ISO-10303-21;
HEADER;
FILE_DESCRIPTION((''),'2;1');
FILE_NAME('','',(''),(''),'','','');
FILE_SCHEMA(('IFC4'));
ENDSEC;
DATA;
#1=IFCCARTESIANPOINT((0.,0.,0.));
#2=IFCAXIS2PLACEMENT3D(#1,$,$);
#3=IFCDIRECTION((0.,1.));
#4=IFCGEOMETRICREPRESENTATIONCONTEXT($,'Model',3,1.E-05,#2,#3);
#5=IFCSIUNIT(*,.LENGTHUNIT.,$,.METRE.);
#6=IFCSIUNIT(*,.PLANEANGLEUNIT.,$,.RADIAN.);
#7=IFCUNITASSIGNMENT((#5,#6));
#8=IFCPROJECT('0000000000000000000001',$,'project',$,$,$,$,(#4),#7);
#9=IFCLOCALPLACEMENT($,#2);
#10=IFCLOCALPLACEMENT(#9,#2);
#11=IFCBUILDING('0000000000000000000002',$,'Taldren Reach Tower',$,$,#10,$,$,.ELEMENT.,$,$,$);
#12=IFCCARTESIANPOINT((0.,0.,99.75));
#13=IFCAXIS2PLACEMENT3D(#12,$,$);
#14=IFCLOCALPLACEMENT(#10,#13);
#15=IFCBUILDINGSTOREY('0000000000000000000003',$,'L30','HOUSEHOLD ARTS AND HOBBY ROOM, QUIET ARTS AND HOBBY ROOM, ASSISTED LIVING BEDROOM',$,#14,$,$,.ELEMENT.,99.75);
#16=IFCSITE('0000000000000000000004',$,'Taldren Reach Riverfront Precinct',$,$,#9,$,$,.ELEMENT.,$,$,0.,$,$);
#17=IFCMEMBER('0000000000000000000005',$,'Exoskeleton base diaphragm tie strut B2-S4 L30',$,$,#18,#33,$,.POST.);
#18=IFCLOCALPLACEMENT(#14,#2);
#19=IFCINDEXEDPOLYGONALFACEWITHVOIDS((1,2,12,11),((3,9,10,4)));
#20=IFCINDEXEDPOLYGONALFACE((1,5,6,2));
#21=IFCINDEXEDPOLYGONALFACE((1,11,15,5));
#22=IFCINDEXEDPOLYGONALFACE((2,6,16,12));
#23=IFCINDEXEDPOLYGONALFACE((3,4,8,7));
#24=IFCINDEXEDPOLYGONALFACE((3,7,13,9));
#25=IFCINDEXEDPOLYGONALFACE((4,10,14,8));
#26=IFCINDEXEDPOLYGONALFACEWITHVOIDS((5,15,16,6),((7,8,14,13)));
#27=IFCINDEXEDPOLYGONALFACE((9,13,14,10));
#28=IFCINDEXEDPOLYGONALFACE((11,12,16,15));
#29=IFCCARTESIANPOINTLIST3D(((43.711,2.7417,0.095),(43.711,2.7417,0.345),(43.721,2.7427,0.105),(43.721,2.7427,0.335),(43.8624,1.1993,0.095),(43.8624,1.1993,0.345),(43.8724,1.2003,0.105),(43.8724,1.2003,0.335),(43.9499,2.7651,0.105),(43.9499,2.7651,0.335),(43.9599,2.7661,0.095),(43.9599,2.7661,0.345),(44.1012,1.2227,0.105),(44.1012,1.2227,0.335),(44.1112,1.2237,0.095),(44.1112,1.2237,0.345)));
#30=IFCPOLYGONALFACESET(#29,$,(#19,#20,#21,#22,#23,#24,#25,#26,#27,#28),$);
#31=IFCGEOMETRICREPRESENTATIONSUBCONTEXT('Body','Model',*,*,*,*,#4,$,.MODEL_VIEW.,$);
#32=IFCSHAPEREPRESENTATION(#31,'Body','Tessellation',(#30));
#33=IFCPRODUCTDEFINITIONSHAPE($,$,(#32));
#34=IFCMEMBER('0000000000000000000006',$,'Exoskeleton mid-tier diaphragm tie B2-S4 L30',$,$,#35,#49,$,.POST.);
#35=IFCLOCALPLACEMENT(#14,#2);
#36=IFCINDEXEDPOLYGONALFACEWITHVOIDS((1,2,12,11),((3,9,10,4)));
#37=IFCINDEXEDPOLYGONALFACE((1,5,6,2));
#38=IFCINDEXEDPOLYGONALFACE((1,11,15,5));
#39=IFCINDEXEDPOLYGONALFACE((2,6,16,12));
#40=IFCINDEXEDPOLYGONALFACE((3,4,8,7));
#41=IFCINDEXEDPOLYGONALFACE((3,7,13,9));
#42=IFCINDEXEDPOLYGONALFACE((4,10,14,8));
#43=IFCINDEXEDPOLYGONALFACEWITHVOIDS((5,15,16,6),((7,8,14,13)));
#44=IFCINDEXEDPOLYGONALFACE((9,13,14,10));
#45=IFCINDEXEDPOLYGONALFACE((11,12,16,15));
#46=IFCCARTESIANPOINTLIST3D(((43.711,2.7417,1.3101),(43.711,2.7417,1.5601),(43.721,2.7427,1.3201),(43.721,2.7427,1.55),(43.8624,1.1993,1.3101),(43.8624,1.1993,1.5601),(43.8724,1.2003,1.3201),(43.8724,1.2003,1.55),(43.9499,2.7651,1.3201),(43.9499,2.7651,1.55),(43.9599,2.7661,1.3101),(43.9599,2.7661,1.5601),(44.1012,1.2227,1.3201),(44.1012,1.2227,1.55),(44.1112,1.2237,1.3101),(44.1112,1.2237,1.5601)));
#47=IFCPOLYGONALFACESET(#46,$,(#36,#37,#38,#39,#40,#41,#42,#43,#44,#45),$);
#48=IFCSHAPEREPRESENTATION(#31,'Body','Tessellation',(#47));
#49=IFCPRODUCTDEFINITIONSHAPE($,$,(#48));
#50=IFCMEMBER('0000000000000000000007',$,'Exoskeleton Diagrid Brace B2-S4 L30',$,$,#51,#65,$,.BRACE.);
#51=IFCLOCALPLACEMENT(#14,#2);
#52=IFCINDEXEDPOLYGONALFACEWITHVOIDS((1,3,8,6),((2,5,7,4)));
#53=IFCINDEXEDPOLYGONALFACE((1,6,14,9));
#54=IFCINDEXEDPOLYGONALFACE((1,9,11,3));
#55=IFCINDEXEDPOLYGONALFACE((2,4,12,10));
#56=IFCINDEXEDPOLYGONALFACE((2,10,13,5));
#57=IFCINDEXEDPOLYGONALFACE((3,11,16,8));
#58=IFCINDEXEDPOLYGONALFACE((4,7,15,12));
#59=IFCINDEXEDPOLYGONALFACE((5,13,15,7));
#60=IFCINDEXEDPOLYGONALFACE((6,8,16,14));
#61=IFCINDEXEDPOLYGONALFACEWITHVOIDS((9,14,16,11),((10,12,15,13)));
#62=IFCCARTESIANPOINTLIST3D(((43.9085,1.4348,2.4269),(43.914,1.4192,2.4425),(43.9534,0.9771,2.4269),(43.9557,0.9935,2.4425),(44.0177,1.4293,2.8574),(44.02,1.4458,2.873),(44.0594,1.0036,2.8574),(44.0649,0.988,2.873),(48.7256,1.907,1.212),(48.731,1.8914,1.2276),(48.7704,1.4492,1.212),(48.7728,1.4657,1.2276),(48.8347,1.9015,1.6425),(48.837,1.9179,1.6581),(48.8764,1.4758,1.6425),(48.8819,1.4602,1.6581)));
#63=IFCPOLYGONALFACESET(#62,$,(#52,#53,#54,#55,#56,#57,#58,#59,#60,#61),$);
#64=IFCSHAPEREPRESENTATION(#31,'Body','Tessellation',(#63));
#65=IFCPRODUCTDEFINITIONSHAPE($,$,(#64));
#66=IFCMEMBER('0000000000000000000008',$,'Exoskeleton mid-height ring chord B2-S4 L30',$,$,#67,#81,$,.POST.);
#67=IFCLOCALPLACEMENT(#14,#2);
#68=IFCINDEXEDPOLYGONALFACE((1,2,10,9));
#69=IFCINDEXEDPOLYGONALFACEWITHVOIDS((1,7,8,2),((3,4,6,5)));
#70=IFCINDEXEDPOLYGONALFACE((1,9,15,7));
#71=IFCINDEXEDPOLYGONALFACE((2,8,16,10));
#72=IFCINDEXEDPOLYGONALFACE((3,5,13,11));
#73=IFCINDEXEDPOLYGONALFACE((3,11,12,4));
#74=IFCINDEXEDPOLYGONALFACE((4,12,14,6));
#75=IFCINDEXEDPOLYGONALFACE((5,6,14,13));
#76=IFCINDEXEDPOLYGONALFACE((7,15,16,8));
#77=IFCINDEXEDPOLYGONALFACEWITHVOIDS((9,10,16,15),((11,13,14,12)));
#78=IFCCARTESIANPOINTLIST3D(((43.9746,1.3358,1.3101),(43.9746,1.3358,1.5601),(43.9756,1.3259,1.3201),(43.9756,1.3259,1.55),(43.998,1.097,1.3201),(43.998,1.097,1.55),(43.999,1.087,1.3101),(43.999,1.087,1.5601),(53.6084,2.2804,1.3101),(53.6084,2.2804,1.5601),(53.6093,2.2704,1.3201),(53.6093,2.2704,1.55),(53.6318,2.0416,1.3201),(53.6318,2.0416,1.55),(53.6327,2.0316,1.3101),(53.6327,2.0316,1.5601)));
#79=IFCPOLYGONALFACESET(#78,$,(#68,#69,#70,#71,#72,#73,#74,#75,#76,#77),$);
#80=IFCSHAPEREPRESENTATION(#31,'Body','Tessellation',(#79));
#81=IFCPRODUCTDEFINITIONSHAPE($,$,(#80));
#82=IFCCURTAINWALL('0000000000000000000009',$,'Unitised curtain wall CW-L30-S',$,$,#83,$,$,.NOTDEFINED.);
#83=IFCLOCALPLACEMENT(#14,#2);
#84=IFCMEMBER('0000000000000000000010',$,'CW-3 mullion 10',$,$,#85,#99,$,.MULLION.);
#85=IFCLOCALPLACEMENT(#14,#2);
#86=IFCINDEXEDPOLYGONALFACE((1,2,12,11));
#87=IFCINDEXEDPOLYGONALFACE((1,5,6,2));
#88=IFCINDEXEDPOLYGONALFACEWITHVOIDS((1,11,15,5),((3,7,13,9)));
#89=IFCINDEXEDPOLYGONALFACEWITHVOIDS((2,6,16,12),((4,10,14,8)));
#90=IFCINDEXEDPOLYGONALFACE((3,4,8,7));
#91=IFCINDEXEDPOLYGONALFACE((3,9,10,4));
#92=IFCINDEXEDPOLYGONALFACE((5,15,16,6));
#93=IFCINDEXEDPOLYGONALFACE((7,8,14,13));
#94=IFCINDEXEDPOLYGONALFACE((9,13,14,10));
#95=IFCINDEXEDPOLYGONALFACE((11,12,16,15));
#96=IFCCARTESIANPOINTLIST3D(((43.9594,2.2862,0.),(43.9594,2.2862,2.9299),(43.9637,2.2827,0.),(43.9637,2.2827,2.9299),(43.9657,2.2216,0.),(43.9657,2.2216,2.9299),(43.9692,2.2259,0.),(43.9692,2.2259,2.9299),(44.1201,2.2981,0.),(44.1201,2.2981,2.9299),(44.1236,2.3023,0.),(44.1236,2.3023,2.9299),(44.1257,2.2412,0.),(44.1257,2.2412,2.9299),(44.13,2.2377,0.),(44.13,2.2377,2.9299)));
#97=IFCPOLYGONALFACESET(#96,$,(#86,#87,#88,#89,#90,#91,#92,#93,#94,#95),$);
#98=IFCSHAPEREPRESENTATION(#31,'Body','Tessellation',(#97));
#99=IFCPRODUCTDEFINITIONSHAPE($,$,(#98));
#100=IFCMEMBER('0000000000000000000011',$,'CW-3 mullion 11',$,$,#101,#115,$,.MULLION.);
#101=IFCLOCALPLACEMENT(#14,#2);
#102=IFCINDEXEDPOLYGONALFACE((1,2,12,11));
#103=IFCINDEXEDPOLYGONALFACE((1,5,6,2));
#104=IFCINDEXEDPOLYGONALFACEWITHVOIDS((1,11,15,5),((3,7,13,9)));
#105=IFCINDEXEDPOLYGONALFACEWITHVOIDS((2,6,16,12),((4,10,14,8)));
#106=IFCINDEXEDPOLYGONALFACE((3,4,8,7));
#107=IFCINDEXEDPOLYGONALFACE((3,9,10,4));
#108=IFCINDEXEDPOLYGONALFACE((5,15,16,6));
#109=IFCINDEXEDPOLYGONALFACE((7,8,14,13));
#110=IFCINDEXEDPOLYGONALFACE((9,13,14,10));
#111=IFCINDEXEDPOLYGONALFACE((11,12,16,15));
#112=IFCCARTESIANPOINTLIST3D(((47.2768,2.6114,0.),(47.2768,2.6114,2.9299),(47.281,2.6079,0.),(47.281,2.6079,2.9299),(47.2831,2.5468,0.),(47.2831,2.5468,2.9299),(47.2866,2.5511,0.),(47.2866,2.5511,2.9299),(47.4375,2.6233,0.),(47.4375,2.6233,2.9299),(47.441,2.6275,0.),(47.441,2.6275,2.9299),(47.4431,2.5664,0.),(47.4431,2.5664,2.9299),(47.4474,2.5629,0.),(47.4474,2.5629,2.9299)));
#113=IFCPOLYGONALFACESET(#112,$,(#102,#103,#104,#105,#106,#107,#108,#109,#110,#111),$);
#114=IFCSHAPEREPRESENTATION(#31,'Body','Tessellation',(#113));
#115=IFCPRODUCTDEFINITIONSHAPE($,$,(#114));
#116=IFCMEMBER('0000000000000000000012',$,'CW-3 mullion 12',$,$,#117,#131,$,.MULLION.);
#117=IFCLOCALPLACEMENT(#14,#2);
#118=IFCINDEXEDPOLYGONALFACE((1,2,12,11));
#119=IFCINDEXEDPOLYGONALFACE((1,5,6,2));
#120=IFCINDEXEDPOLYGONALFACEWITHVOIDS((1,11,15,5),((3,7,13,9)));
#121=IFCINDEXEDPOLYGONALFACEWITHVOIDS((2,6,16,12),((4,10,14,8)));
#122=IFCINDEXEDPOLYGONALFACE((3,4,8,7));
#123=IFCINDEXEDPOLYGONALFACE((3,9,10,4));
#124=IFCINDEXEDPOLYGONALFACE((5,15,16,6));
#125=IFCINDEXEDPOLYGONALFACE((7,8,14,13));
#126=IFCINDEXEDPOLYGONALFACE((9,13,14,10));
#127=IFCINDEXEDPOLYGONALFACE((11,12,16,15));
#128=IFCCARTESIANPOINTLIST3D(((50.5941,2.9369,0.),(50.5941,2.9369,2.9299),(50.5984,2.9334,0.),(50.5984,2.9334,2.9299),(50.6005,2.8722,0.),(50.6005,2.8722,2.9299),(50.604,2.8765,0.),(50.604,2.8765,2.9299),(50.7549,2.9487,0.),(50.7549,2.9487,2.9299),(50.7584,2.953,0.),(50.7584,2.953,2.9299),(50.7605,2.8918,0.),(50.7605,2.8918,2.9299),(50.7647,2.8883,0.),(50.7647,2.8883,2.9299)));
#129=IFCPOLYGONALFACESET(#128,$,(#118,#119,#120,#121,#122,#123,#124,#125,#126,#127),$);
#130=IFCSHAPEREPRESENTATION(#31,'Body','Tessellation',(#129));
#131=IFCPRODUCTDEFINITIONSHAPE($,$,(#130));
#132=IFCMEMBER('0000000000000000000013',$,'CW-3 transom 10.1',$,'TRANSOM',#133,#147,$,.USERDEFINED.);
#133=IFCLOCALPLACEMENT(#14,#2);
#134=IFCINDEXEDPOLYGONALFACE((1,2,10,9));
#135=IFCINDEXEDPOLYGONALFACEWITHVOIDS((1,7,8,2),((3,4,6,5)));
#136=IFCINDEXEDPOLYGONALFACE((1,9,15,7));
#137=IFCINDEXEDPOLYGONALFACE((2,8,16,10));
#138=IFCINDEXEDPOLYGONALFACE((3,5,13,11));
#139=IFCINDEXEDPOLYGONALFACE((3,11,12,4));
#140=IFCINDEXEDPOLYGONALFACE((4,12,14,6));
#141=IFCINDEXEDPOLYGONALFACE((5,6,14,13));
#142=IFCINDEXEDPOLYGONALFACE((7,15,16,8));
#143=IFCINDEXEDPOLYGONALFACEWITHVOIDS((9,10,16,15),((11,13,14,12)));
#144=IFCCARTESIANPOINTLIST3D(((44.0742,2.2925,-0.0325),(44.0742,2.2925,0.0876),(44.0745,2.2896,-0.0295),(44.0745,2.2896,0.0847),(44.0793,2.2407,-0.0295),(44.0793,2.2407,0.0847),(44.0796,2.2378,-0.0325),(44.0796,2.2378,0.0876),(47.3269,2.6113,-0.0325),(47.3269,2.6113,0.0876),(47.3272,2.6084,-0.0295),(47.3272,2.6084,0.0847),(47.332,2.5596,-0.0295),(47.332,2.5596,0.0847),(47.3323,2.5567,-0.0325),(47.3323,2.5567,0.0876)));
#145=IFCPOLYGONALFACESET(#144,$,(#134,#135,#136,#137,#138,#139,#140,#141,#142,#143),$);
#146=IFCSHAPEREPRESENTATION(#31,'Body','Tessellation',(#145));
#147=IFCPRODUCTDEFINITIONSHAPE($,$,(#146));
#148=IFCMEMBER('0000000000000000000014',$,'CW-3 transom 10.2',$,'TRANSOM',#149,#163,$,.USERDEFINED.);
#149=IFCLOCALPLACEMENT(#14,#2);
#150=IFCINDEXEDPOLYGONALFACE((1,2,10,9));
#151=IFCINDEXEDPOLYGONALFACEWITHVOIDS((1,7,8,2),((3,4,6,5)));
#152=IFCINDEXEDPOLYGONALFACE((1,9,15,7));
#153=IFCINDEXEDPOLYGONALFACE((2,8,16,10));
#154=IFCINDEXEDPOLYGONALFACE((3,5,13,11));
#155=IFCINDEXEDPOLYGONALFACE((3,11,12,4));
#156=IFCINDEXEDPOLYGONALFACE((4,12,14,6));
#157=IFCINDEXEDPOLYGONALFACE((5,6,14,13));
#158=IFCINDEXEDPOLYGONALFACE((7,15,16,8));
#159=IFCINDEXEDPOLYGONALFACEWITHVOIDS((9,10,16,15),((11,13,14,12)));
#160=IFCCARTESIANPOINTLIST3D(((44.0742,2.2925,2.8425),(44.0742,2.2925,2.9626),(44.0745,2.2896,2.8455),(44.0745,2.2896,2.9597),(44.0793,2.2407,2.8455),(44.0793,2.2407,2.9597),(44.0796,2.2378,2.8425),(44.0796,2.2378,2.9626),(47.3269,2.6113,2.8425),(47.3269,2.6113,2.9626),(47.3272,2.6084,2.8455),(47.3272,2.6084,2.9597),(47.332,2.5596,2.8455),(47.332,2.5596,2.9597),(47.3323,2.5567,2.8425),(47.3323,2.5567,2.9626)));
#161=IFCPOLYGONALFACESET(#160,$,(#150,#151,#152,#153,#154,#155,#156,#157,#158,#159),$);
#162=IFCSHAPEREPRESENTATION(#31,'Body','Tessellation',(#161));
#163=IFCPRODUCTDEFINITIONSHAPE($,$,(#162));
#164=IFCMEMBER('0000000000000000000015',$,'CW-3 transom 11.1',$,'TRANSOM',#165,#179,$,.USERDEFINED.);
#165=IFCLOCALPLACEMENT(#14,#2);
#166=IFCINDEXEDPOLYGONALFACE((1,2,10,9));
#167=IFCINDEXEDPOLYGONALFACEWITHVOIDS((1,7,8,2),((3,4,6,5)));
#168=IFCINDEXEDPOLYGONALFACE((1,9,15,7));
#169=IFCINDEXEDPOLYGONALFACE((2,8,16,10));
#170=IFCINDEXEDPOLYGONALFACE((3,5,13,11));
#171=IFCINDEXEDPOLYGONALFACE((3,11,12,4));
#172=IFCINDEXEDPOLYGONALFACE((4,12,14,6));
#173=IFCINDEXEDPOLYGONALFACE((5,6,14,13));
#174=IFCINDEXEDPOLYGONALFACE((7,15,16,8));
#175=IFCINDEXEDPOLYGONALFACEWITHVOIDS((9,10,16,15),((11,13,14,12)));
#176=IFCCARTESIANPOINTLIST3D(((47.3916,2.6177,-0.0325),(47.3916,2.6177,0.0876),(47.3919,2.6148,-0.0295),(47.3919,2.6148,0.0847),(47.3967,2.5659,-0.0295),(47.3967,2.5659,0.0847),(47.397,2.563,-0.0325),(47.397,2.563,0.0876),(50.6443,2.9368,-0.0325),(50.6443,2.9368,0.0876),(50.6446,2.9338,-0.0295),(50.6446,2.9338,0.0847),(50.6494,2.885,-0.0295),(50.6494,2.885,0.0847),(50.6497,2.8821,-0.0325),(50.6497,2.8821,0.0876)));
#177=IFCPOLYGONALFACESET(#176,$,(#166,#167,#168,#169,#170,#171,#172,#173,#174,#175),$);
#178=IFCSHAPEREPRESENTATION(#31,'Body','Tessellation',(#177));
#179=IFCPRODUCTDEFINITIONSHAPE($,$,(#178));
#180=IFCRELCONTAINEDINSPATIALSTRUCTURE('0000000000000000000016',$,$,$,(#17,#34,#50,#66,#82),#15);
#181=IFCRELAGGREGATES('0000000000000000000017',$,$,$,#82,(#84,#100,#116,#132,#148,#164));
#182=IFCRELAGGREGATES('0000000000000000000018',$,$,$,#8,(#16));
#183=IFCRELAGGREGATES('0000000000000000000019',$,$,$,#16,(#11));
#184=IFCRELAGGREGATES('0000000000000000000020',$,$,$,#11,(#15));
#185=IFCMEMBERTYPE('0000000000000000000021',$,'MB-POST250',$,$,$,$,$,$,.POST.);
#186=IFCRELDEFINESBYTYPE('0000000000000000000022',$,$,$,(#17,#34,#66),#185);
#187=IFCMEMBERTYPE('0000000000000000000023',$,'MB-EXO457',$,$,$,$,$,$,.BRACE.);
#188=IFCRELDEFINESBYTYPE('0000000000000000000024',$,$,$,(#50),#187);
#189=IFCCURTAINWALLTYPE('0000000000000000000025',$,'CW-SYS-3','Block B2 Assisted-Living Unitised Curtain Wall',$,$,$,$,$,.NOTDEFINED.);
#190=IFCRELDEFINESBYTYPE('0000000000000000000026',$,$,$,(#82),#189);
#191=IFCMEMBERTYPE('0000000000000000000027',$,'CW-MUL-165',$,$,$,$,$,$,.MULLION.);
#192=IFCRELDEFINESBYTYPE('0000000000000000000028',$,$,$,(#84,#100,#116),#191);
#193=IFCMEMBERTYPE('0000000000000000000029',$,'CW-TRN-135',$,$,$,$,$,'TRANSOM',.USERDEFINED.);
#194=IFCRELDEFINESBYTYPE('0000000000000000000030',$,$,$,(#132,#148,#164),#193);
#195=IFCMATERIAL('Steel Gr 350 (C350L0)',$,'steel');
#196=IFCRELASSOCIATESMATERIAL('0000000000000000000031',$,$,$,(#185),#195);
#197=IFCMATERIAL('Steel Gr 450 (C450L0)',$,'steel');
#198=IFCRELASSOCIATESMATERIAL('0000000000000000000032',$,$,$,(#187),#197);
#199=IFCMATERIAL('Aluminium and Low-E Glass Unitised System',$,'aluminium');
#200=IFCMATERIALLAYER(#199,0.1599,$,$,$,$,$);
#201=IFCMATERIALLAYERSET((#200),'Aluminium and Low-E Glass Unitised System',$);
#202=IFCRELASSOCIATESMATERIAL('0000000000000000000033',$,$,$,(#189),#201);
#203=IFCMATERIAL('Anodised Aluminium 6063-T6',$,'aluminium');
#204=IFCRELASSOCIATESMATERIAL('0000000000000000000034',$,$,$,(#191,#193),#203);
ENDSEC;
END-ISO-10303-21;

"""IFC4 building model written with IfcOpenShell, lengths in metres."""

from ifc_helpers import new_model, si_unit, direction, frame, origin, origin_2d, place, context, subcontext, project, spatial, hollow_rectangle, extrude, source, transform, mapped, material, layer, layer_set, material_profile, profile_set, type_object, element, aggregate, save


model = new_model("IFC4")

# Units and contexts
model_context = context("Model", 3, precision=1e-05, world=origin(), true_north=direction((0.0, 1.0)))
body_context = subcontext(model_context, "Body", "Model", "MODEL_VIEW")
ifc_project = project(units=[si_unit("LENGTHUNIT", "METRE"), si_unit("PLANEANGLEUNIT", "RADIAN")], contexts=[model_context])

# Site, building, storey
site_placement = place(None, origin())
site = spatial("IfcSite", under=ifc_project, at=site_placement, Name="Taldren Reach Riverfront Precinct", CompositionType="ELEMENT", RefElevation=0.0)
building_placement = place(site_placement, origin())
building = spatial("IfcBuilding", under=site, at=building_placement, Name="Taldren Reach Tower", CompositionType="ELEMENT")
storey_placement = place(building_placement, frame((0.0, 0.0, 99.75)))
storey = spatial("IfcBuildingStorey", under=building, at=storey_placement, Name="L30", Description="HOUSEHOLD ARTS AND HOBBY ROOM, QUIET ARTS AND HOBBY ROOM, ASSISTED LIVING BEDROOM", CompositionType="ELEMENT", Elevation=99.75)

# Members
ifc_material_1 = material(Name="Steel Gr 350 (C350L0)", Category="steel")
ifc_material_profile_1 = material_profile(ifc_material_1, hollow_rectangle(XDim=0.25, YDim=0.25, WallThickness=0.01, at=origin_2d()), Name="250x250x10.0SHS")
ifc_profile_set_1 = profile_set([ifc_material_profile_1], Name="Steel Gr 350 (C350L0)")
member_type_1 = type_object("IfcMemberType", Name="MB-POST250", PredefinedType="POST", material=ifc_profile_set_1)
shared_shape_1 = source(origin(), body_context, "Body", "SweptSolid", [
    extrude(hollow_rectangle(XDim=0.25, YDim=0.25, WallThickness=0.01, at=origin_2d()), origin(), (0.0, 0.0, 1.0), 1.5498),
])
for number, where, z_axis, x_axis, name in (
    (1, (43.8354, 2.7539, 0.22), (0.097663, -0.99522, 0.0), (0.99522, 0.097663, 0.0), "Exoskeleton base diaphragm tie strut B2-S4 L30"),
    (2, (43.8354, 2.7539, 1.4351), (0.097663, -0.99522, 0.0), (0.99522, 0.097663, 0.0), "Exoskeleton mid-tier diaphragm tie B2-S4 L30"),
):
    element("IfcMember", number, at=place(storey_placement, frame(where, z_axis=z_axis, x_axis=x_axis)), inside=storey, type_object=member_type_1, Name=name, PredefinedType="POST", context=body_context, shape_type="MappedRepresentation", body=[
        mapped(shared_shape_1, transform((0.0, 0.0, 0.0), scale=1.0)),
    ])
ifc_material_2 = material(Name="Steel Gr 450 (C450L0)", Category="steel")
ifc_material_profile_2 = material_profile(ifc_material_2, hollow_rectangle(XDim=0.46, YDim=0.46, WallThickness=0.0161, at=origin_2d()), Name="460x460x16.0SHS")
ifc_profile_set_2 = profile_set([ifc_material_profile_2], Name="Steel Gr 450 (C450L0)")
member_type_2 = type_object("IfcMemberType", Name="MB-EXO457", PredefinedType="BRACE", material=ifc_profile_set_2)
shared_shape_2 = source(origin(), body_context, "Body", "SweptSolid", [
    extrude(hollow_rectangle(XDim=0.46, YDim=0.46, WallThickness=0.0161, at=origin_2d()), origin(), (0.0, 0.0, 1.0), 4.9902),
])
member_1_placement = place(storey_placement, frame((48.8037, 1.6836, 1.4351), z_axis=(-0.965287, -0.094621, 0.24345), x_axis=(0.097556, -0.99523, 0.0)))
element("IfcMember", 3, at=member_1_placement, inside=storey, type_object=member_type_2, Name="Exoskeleton Diagrid Brace B2-S4 L30", PredefinedType="BRACE", context=body_context, shape_type="MappedRepresentation", body=[
    mapped(shared_shape_2, transform((0.0, 0.0, 0.0), scale=1.0)),
])
shared_shape_3 = source(origin(), body_context, "Body", "SweptSolid", [
    extrude(hollow_rectangle(XDim=0.25, YDim=0.25, WallThickness=0.01, at=origin_2d()), origin(), (0.0, 0.0, 1.0), 9.6799),
])
member_2_placement = place(storey_placement, frame((43.9868, 1.2114, 1.4351), z_axis=(0.995228, 0.097581, 0.0), x_axis=(-0.097581, 0.995228, 0.0)))
element("IfcMember", 4, at=member_2_placement, inside=storey, type_object=member_type_1, Name="Exoskeleton mid-height ring chord B2-S4 L30", PredefinedType="POST", context=body_context, shape_type="MappedRepresentation", body=[
    mapped(shared_shape_3, transform((0.0, 0.0, 0.0), scale=1.0)),
])

# Curtain wall, members
ifc_material_3 = material(Name="Aluminium and Low-E Glass Unitised System", Category="aluminium")
ifc_layer_1 = layer(ifc_material_3, 0.1599)
ifc_layer_set_1 = layer_set([ifc_layer_1], Name="Aluminium and Low-E Glass Unitised System")
curtain_wall_type = type_object("IfcCurtainWallType", Name="CW-SYS-3", Description="Block B2 Assisted-Living Unitised Curtain Wall", PredefinedType="NOTDEFINED", material=ifc_layer_set_1)
curtain_wall_placement = place(storey_placement, origin())
curtain_wall = element("IfcCurtainWall", 5, at=curtain_wall_placement, inside=storey, type_object=curtain_wall_type, Name="Unitised curtain wall CW-L30-S", PredefinedType="NOTDEFINED")
ifc_material_4 = material(Name="Anodised Aluminium 6063-T6", Category="aluminium")
ifc_material_profile_3 = material_profile(ifc_material_4, hollow_rectangle(XDim=0.0649, YDim=0.165, WallThickness=0.0039, at=origin_2d()), Name="ALU-165x65x4RHS")
ifc_profile_set_3 = profile_set([ifc_material_profile_3], Name="Anodised Aluminium 6063-T6")
member_type_3 = type_object("IfcMemberType", Name="CW-MUL-165", PredefinedType="MULLION", material=ifc_profile_set_3)
shared_shape_4 = source(origin(), body_context, "Body", "SweptSolid", [
    extrude(hollow_rectangle(XDim=0.0649, YDim=0.165, WallThickness=0.0039, at=origin_2d()), origin(), (0.0, 0.0, 1.0), 2.9299),
])
member_3_placement = place(storey_placement, frame((44.0447, 2.262, 0.0), z_axis=(0.0, 0.0, 1.0), x_axis=(-0.097583, 0.995227, 0.0)))
member_3 = element("IfcMember", 6, at=member_3_placement, type_object=member_type_3, Name="CW-3 mullion 10", PredefinedType="MULLION", context=body_context, shape_type="MappedRepresentation", body=[
    mapped(shared_shape_4, transform((0.0, 0.0, 0.0), scale=1.0)),
])
member_4_placement = place(storey_placement, frame((47.3621, 2.5872, 0.0), z_axis=(0.0, 0.0, 1.0), x_axis=(-0.097583, 0.995227, 0.0)))
member_4 = element("IfcMember", 7, at=member_4_placement, type_object=member_type_3, Name="CW-3 mullion 11", PredefinedType="MULLION", context=body_context, shape_type="MappedRepresentation", body=[
    mapped(shared_shape_4, transform((0.0, 0.0, 0.0), scale=1.0)),
])
member_5_placement = place(storey_placement, frame((50.6794, 2.9126, 0.0), z_axis=(0.0, 0.0, 1.0), x_axis=(-0.097583, 0.995227, 0.0)))
member_5 = element("IfcMember", 8, at=member_5_placement, type_object=member_type_3, Name="CW-3 mullion 12", PredefinedType="MULLION", context=body_context, shape_type="MappedRepresentation", body=[
    mapped(shared_shape_4, transform((0.0, 0.0, 0.0), scale=1.0)),
])
ifc_material_profile_4 = material_profile(ifc_material_4, hollow_rectangle(XDim=0.0549, YDim=0.1201, WallThickness=0.0029, at=origin_2d()), Name="ALU-120x55x3RHS")
ifc_profile_set_4 = profile_set([ifc_material_profile_4], Name="Anodised Aluminium 6063-T6")
member_type_4 = type_object("IfcMemberType", Name="CW-TRN-135", ElementType="TRANSOM", PredefinedType="USERDEFINED", material=ifc_profile_set_4)
shared_shape_5 = source(origin(), body_context, "Body", "SweptSolid", [
    extrude(hollow_rectangle(XDim=0.0549, YDim=0.1201, WallThickness=0.0029, at=origin_2d()), origin(), (0.0, 0.0, 1.0), 3.2683),
])
member_6_placement = place(storey_placement, frame((44.0769, 2.2651, 0.0276), z_axis=(0.99523, 0.097558, 0.0), x_axis=(-0.097558, 0.99523, 0.0)))
member_6 = element("IfcMember", 9, at=member_6_placement, type_object=member_type_4, Name="CW-3 transom 10.1", ObjectType="TRANSOM", PredefinedType="USERDEFINED", context=body_context, shape_type="MappedRepresentation", body=[
    mapped(shared_shape_5, transform((0.0, 0.0, 0.0), scale=1.0)),
])
member_7_placement = place(storey_placement, frame((44.0769, 2.2651, 2.9026), z_axis=(0.99523, 0.097558, 0.0), x_axis=(-0.097558, 0.99523, 0.0)))
member_7 = element("IfcMember", 10, at=member_7_placement, type_object=member_type_4, Name="CW-3 transom 10.2", ObjectType="TRANSOM", PredefinedType="USERDEFINED", context=body_context, shape_type="MappedRepresentation", body=[
    mapped(shared_shape_5, transform((0.0, 0.0, 0.0), scale=1.0)),
])
member_8_placement = place(storey_placement, frame((47.3943, 2.5903, 0.0276), z_axis=(0.995223, 0.097632, 0.0), x_axis=(-0.097632, 0.995223, 0.0)))
member_8 = element("IfcMember", 11, at=member_8_placement, type_object=member_type_4, Name="CW-3 transom 11.1", ObjectType="TRANSOM", PredefinedType="USERDEFINED", context=body_context, shape_type="MappedRepresentation", body=[
    mapped(shared_shape_5, transform((0.0, 0.0, 0.0), scale=1.0)),
])

aggregate(curtain_wall, [member_3, member_4, member_5, member_6, member_7, member_8])

save(model, "model.ifc")
